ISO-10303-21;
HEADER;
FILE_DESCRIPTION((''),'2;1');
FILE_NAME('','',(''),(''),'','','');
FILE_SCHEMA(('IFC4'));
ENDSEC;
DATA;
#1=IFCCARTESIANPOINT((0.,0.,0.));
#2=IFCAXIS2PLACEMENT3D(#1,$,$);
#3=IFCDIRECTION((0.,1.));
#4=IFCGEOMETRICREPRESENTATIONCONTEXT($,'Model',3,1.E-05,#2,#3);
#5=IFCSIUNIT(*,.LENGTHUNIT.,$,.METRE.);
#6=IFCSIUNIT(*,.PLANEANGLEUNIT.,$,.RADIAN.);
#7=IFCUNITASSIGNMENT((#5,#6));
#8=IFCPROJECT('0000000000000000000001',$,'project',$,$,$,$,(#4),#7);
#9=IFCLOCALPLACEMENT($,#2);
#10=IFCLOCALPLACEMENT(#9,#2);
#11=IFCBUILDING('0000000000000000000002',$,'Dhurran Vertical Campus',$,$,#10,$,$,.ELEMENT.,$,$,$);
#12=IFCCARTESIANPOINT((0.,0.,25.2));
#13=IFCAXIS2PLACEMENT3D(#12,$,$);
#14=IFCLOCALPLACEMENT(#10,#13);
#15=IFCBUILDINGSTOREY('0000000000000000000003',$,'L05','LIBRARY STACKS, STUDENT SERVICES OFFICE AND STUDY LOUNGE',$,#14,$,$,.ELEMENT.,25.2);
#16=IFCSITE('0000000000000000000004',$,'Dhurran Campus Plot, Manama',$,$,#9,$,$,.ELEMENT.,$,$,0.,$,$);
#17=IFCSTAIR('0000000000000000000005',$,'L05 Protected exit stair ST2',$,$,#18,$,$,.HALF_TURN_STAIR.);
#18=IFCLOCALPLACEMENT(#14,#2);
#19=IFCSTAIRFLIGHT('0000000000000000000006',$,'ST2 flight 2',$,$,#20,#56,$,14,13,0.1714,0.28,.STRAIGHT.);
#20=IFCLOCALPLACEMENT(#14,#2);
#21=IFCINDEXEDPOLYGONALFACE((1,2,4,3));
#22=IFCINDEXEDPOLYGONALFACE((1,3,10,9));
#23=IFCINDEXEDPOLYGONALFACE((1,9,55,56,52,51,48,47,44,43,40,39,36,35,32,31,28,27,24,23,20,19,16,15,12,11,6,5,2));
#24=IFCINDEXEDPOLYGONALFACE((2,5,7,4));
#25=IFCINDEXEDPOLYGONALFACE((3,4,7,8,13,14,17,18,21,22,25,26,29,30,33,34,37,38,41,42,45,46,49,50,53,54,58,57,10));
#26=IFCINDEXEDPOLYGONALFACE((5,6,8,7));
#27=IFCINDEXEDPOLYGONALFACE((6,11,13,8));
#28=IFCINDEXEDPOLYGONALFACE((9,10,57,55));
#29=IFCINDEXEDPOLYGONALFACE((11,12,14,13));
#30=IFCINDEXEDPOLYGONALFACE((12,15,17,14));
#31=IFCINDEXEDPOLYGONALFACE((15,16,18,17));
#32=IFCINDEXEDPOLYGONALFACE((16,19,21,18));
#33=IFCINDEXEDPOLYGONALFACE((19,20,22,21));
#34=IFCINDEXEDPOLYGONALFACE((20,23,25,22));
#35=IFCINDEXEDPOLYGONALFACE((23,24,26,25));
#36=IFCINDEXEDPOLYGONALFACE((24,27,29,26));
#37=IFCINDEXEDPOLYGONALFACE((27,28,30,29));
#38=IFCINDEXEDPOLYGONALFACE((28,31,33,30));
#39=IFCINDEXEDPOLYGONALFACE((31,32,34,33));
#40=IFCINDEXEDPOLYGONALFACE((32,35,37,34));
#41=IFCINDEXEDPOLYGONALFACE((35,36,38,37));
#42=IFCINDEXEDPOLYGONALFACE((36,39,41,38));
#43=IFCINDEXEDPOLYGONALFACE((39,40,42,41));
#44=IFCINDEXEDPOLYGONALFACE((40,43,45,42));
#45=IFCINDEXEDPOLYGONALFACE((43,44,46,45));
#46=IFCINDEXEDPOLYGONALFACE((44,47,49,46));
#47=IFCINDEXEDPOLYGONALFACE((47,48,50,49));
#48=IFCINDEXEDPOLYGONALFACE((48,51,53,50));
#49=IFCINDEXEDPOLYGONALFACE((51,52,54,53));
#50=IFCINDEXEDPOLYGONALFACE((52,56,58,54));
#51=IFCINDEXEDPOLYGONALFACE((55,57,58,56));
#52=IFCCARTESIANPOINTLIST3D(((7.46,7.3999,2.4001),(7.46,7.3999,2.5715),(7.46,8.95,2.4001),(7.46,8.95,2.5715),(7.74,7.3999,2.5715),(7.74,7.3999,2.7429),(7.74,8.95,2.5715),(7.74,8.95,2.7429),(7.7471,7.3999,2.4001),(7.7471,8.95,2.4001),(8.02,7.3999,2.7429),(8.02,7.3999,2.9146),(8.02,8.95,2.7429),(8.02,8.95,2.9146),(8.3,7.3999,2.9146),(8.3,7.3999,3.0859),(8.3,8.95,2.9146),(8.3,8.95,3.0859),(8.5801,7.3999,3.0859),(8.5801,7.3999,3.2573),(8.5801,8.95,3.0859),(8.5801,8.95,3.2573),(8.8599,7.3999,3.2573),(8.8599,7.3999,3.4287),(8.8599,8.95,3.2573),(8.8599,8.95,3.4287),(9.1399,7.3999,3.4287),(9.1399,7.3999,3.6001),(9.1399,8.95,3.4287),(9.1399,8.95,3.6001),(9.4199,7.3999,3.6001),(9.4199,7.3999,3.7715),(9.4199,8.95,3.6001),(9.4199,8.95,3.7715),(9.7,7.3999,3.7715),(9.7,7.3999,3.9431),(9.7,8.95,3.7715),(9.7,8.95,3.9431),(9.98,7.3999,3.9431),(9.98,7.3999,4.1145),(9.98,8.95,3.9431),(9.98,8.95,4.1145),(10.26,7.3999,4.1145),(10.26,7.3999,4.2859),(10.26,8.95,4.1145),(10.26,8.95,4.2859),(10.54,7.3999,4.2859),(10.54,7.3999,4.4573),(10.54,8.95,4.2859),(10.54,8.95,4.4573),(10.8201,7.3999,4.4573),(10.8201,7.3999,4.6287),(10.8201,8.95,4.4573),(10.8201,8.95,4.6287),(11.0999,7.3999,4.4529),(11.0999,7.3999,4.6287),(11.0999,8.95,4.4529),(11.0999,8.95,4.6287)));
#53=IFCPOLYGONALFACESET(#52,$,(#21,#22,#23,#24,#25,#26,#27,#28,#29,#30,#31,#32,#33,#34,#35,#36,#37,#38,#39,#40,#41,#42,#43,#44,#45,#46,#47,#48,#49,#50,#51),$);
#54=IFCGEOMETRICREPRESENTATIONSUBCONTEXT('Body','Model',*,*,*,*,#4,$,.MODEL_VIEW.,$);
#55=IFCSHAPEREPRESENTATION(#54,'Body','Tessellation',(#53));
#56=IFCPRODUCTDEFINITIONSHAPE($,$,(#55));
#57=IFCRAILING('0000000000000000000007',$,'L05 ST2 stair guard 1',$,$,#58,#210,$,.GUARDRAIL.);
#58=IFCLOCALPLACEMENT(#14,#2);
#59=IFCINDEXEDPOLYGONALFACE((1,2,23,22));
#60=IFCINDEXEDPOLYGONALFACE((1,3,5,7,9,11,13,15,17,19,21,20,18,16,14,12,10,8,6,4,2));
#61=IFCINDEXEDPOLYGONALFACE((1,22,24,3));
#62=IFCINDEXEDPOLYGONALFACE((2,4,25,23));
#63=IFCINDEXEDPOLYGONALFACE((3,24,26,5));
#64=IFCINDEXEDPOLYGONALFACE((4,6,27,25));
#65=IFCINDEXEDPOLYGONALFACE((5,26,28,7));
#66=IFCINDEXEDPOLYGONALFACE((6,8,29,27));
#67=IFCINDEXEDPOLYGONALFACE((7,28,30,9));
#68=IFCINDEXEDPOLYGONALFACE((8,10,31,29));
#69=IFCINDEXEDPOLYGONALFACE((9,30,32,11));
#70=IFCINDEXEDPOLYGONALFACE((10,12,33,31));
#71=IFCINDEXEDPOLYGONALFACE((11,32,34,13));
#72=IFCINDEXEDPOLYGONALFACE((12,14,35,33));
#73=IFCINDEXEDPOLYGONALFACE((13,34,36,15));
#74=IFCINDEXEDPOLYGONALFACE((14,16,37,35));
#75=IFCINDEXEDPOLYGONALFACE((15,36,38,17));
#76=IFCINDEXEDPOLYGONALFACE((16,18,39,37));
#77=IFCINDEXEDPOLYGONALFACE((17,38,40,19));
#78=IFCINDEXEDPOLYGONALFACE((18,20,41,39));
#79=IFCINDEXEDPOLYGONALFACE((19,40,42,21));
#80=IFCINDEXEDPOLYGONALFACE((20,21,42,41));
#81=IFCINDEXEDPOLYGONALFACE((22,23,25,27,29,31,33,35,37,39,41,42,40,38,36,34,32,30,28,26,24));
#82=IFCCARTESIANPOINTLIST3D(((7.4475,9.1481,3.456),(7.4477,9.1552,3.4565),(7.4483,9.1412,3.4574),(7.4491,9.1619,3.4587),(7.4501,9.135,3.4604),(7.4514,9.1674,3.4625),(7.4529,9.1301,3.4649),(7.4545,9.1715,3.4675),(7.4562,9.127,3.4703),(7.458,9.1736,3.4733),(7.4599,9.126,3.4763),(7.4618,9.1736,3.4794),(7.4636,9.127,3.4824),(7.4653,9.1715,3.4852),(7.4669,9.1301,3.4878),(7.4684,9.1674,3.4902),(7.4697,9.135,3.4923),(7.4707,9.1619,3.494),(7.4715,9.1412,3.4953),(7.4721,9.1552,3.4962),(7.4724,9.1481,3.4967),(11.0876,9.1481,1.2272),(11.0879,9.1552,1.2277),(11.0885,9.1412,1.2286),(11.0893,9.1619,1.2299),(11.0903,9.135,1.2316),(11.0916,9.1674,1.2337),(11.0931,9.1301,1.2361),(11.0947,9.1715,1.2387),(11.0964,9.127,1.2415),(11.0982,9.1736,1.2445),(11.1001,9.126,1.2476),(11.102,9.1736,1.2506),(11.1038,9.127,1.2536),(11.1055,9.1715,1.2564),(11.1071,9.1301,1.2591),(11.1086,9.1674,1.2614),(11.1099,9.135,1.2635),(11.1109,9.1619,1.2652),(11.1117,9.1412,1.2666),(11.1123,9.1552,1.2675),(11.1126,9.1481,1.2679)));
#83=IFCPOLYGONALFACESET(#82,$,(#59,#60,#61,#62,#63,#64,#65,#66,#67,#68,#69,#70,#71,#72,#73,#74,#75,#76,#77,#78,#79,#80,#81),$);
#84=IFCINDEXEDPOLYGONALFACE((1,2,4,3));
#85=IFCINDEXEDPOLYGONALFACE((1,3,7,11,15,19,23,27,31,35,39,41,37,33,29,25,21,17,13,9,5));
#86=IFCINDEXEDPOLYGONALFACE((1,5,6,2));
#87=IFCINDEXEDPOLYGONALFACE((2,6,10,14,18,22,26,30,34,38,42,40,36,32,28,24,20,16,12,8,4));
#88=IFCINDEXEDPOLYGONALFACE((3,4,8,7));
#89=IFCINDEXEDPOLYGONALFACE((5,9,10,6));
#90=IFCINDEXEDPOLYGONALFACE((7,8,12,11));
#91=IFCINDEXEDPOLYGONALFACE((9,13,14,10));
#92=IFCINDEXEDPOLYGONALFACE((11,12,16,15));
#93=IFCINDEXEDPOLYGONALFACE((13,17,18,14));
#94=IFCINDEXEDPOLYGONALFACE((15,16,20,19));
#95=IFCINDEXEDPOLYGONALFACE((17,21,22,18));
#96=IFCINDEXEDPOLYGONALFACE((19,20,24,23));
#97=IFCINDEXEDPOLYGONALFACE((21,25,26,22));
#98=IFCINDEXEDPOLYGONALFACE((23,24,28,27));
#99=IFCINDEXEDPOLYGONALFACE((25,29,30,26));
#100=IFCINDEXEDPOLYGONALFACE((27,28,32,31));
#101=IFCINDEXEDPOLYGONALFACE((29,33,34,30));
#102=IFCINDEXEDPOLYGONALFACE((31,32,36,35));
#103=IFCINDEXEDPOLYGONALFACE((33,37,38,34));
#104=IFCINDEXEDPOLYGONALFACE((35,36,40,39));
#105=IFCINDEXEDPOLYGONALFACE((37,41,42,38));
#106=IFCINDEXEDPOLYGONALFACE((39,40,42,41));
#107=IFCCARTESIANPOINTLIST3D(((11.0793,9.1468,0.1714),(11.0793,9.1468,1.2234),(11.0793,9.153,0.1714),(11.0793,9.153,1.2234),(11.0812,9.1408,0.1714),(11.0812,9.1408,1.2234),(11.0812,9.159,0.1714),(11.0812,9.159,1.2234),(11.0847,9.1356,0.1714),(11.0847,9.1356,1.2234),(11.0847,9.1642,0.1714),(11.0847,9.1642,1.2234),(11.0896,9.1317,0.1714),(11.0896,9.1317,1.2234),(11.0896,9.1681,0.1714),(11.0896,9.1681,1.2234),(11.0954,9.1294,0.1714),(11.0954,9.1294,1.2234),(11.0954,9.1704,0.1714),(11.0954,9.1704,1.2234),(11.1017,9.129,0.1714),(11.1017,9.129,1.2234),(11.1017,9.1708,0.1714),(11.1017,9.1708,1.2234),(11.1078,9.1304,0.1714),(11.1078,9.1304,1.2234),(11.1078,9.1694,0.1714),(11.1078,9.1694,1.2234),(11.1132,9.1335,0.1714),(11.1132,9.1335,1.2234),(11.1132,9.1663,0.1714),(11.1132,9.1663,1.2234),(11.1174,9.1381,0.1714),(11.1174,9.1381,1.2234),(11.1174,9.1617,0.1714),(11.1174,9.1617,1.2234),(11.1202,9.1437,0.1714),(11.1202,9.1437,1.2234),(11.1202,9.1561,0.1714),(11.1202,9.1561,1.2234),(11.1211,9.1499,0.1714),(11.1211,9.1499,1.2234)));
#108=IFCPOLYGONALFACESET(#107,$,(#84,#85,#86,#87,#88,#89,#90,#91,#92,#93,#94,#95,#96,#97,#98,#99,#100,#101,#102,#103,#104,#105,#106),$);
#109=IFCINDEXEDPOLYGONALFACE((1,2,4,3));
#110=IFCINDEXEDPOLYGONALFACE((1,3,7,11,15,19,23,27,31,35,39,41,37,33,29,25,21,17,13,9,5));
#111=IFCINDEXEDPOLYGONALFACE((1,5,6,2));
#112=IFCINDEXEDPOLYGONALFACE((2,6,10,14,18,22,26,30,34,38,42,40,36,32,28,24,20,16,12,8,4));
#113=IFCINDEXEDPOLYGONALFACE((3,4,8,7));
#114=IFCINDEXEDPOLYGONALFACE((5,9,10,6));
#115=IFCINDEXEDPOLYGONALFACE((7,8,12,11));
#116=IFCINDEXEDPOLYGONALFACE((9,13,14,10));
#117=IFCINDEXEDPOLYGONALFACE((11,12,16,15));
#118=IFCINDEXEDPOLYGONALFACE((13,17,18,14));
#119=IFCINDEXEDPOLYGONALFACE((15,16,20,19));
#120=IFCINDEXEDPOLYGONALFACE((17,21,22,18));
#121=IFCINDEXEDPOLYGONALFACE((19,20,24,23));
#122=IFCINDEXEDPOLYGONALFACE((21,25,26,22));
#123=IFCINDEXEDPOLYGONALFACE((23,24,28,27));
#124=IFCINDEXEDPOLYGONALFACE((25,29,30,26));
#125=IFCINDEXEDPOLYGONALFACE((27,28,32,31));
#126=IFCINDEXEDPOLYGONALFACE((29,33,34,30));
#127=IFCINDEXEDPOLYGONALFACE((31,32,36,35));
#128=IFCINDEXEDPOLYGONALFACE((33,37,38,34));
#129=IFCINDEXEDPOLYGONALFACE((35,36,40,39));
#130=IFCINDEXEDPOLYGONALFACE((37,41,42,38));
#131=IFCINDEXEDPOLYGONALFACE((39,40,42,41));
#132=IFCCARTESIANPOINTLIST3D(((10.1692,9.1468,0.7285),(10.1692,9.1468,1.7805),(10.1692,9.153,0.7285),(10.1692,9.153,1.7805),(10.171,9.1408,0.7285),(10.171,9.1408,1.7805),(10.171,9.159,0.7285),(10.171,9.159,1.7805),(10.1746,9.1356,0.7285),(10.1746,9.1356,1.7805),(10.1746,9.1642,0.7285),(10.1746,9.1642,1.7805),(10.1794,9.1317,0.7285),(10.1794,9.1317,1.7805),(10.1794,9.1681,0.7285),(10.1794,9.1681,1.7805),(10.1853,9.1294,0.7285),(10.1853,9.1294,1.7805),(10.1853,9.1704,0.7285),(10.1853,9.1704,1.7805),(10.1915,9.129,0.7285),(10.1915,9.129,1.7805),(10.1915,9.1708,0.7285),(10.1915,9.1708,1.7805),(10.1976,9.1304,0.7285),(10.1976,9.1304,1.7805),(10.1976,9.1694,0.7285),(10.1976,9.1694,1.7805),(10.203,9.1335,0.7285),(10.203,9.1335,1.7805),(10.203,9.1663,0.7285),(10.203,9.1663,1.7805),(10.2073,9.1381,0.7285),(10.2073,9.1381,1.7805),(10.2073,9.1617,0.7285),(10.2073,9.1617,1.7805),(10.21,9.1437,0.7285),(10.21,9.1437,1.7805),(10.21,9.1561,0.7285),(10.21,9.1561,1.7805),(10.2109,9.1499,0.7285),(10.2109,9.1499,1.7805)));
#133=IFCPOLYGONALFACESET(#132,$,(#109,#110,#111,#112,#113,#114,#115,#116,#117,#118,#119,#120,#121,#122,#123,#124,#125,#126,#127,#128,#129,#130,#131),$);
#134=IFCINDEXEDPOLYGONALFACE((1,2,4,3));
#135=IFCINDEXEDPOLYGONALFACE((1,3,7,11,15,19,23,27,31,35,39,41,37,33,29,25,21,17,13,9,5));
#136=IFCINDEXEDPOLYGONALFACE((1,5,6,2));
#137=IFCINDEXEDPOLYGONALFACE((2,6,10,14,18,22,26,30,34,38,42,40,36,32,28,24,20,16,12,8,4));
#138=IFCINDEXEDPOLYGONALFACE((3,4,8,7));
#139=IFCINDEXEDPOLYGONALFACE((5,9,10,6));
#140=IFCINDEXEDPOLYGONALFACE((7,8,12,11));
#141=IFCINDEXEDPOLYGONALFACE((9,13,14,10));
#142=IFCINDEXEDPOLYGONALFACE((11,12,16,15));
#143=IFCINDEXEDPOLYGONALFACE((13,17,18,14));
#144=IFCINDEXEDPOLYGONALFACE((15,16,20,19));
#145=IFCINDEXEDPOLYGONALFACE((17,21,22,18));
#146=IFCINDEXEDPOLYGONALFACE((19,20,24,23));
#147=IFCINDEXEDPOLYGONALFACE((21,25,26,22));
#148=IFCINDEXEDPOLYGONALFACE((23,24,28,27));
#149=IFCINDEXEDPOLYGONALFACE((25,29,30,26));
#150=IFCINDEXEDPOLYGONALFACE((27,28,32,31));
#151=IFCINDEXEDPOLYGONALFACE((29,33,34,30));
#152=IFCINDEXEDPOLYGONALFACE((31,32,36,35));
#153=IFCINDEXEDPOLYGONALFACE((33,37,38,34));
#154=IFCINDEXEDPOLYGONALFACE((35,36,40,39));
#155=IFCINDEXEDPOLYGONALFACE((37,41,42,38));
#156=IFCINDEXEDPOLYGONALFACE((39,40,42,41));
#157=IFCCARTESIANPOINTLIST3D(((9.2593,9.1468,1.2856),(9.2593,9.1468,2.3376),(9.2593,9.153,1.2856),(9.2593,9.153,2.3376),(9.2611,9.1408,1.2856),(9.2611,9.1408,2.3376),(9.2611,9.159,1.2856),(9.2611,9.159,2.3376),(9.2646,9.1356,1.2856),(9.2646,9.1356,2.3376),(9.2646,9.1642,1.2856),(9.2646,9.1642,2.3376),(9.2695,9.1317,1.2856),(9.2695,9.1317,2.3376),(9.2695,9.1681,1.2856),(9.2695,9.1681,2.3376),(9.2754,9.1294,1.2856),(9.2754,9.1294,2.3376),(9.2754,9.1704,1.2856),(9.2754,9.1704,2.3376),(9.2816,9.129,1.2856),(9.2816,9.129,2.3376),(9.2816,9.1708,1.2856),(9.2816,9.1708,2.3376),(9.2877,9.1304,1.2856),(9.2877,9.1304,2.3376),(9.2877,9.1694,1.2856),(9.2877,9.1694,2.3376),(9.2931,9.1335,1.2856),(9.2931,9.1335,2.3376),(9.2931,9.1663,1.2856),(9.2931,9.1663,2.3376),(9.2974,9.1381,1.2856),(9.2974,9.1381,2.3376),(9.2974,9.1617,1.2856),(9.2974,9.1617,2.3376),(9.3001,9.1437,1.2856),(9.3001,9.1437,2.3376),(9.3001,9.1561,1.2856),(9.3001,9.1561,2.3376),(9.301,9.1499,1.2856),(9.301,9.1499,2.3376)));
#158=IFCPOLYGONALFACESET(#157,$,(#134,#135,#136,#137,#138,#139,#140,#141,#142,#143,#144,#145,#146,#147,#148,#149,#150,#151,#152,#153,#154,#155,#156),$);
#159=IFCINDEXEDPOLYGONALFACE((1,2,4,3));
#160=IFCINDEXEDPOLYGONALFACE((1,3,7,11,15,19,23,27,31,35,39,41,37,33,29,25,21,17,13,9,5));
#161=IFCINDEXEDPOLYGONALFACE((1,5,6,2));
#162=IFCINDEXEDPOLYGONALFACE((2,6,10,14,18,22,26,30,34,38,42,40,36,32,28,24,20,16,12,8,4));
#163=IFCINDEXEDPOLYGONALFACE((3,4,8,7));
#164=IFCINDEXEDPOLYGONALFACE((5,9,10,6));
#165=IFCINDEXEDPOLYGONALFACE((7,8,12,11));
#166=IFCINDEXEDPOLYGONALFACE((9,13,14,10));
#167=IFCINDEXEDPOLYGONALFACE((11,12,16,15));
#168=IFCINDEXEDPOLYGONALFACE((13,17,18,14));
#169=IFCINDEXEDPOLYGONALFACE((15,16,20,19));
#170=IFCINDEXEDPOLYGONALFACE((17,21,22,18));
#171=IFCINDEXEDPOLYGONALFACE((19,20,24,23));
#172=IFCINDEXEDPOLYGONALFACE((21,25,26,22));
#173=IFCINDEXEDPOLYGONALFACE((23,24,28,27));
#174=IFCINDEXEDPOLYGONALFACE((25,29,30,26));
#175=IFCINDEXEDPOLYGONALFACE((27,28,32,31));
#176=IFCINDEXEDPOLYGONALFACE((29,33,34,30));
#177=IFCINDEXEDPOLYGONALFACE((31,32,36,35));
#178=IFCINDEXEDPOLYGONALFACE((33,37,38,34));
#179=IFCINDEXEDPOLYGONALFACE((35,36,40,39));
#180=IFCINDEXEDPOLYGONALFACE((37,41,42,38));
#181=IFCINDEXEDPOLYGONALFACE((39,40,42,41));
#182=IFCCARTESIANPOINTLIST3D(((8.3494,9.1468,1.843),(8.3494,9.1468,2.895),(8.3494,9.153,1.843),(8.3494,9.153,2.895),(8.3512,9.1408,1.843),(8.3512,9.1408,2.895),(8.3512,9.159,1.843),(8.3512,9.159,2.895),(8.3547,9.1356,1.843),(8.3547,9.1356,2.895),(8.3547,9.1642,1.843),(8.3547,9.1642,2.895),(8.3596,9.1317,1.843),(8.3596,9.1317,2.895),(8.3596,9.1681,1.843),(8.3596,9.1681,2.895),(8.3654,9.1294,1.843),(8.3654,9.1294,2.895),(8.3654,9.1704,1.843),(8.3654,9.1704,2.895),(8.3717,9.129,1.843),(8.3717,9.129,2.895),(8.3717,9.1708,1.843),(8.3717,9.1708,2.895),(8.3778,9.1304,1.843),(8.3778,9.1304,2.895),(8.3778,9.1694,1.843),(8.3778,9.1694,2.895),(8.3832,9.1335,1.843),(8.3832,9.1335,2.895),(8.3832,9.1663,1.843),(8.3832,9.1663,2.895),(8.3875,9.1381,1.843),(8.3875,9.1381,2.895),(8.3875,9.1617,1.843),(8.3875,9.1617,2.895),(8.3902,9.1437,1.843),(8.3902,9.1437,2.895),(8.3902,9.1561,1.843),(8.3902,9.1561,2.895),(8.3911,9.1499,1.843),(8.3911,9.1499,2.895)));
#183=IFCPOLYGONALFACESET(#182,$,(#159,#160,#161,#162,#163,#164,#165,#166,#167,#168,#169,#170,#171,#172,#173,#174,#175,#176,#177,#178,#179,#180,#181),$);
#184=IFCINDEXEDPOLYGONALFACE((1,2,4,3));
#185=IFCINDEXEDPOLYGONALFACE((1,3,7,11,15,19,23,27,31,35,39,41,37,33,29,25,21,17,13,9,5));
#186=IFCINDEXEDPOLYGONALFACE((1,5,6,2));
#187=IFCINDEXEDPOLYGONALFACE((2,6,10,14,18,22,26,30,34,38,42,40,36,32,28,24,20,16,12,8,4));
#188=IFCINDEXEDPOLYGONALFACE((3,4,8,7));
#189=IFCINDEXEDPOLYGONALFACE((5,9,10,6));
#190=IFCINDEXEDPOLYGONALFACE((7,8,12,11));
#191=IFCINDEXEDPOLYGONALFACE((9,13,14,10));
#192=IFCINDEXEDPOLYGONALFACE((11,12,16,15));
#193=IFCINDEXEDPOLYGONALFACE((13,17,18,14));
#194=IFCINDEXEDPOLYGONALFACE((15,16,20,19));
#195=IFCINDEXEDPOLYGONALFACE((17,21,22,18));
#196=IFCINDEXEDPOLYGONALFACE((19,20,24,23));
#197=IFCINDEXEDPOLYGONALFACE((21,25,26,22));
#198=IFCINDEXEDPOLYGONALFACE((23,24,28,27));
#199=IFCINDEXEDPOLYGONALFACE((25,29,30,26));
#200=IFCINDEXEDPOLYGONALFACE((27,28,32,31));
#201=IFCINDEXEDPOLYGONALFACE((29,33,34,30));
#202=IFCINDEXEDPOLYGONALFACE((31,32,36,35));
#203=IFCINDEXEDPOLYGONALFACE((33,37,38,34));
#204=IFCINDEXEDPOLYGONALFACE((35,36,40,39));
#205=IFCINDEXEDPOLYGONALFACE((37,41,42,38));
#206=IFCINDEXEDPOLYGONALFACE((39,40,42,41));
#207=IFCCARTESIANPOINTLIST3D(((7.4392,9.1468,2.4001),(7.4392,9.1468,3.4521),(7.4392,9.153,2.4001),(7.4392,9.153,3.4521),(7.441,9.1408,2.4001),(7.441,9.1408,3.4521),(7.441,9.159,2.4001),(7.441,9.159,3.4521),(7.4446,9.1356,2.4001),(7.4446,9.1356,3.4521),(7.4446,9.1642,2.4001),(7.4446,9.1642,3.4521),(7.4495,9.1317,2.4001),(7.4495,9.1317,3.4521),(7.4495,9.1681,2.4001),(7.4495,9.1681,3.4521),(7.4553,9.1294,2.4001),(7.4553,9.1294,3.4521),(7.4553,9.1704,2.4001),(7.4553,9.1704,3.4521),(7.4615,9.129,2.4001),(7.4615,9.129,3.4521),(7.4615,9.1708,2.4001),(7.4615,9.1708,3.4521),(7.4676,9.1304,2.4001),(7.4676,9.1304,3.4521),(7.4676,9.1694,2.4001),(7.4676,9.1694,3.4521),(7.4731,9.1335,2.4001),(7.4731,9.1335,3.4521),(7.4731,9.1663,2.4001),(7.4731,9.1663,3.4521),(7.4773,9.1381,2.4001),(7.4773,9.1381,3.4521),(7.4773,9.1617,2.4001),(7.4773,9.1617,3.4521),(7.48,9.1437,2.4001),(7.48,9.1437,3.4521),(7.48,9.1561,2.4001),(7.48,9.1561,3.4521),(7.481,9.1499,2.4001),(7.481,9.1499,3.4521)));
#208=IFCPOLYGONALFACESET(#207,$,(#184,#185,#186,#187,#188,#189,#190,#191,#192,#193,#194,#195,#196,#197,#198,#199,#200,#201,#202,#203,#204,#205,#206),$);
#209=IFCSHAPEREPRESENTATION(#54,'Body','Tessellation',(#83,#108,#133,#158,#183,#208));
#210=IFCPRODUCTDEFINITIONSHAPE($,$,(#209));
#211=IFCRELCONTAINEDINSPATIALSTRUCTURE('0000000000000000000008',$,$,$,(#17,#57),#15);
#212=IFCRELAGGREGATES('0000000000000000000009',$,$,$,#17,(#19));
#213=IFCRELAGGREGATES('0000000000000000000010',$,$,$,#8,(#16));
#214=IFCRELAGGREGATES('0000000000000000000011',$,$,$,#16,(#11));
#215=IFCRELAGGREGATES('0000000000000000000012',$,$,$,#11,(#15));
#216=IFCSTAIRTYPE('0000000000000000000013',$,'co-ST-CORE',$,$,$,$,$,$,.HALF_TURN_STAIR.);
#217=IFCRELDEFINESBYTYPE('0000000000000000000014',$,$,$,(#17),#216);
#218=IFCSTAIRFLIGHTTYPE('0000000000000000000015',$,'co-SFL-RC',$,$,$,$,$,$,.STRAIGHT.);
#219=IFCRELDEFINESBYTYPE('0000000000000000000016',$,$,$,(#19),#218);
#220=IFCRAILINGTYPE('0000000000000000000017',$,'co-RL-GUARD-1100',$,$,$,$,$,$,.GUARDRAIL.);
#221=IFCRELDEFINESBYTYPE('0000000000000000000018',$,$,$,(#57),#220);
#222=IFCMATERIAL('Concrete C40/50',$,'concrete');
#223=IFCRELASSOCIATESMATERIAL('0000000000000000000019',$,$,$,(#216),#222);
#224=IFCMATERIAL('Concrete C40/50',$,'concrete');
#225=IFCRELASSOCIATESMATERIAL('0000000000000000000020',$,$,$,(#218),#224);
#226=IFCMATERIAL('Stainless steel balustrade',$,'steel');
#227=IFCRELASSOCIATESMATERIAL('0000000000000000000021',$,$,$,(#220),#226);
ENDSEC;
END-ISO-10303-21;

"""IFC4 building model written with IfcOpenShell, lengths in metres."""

from ifc_helpers import new_model, si_unit, direction, frame, origin, origin_2d, place, context, subcontext, project, spatial, polyline, circle, outline, extrude, material, type_object, element, aggregate, save


model = new_model("IFC4")

# Units and contexts
model_context = context("Model", 3, precision=1e-05, world=origin(), true_north=direction((0.0, 1.0)))
body_context = subcontext(model_context, "Body", "Model", "MODEL_VIEW")
ifc_project = project(units=[si_unit("LENGTHUNIT", "METRE"), si_unit("PLANEANGLEUNIT", "RADIAN")], contexts=[model_context])

# Site, building, storey
site_placement = place(None, origin())
site = spatial("IfcSite", under=ifc_project, at=site_placement, Name="Dhurran Campus Plot, Manama", CompositionType="ELEMENT", RefElevation=0.0)
building_placement = place(site_placement, origin())
building = spatial("IfcBuilding", under=site, at=building_placement, Name="Dhurran Vertical Campus", CompositionType="ELEMENT")
storey_placement = place(building_placement, frame((0.0, 0.0, 25.2)))
storey = spatial("IfcBuildingStorey", under=building, at=storey_placement, Name="L05", Description="LIBRARY STACKS, STUDENT SERVICES OFFICE AND STUDY LOUNGE", CompositionType="ELEMENT", Elevation=25.2)

# Stair, stair flight
ifc_material_1 = material(Name="Concrete C40/50", Category="concrete")
stair_type = type_object("IfcStairType", Name="co-ST-CORE", PredefinedType="HALF_TURN_STAIR", material=ifc_material_1)
stair_placement = place(storey_placement, origin())
stair = element("IfcStair", 1, at=stair_placement, inside=storey, type_object=stair_type, Name="L05 Protected exit stair ST2", PredefinedType="HALF_TURN_STAIR")
ifc_material_2 = material(Name="Concrete C40/50", Category="concrete")
stair_flight_type = type_object("IfcStairFlightType", Name="co-SFL-RC", PredefinedType="STRAIGHT", material=ifc_material_2)
stair_flight_1_placement = place(storey_placement, frame((7.46, 8.175, 2.4001), z_axis=(0.0, 0.0, 1.0), x_axis=(1.0, 0.0, 0.0)))
stair_flight_1 = element("IfcStairFlight", 2, at=stair_flight_1_placement, type_object=stair_flight_type, Name="ST2 flight 2", NumberOfRisers=14, NumberOfTreads=13, PredefinedType="STRAIGHT", RiserHeight=0.1714, TreadLength=0.28, context=body_context, shape_type="SweptSolid", body=[
    extrude(outline(polyline([(0.0, 0.0), (0.0, 0.1714), (0.28, 0.1714), (0.28, 0.3428), (0.5601, 0.3428), (0.5601, 0.5144), (0.8401, 0.5144), (0.8401, 0.6858), (1.1201, 0.6858), (1.1201, 0.8572), (1.3999, 0.8572), (1.3999, 1.0286), (1.6799, 1.0286), (1.6799, 1.2), (1.96, 1.2), (1.96, 1.3713), (2.24, 1.3713), (2.24, 1.543), (2.52, 1.543), (2.52, 1.7144), (2.8, 1.7144), (2.8, 1.8857), (3.0801, 1.8857), (3.0801, 2.0571), (3.3601, 2.0571), (3.3601, 2.2285), (3.6399, 2.2285), (3.6399, 2.3999), (3.6399, 2.0527), (0.2871, 0.0), (0.0, 0.0)])), frame((0.0, 0.7749, 0.0), z_axis=(0.0, -1.0, 0.0), x_axis=(1.0, 0.0, 0.0)), (0.0, 0.0, 1.0), 1.55),
])
aggregate(stair, [stair_flight_1])

# Railing
ifc_material_3 = material(Name="Stainless steel balustrade", Category="steel")
railing_type_1 = type_object("IfcRailingType", Name="co-RL-GUARD-1100", PredefinedType="GUARDRAIL", material=ifc_material_3)
railing_1_placement = place(storey_placement, frame((11.1001, 9.1499, 0.1714)))
element("IfcRailing", 3, at=railing_1_placement, inside=storey, type_object=railing_type_1, Name="L05 ST2 stair guard 1", PredefinedType="GUARDRAIL", context=body_context, shape_type="SweptSolid", body=[
    extrude(circle(Radius=0.0239, at=origin_2d()), frame((0.0, 0.0, 1.0762), z_axis=(-0.85284, 0.0, 0.522172), x_axis=(0.0, -1.0, 0.0)), (0.0, 0.0, 1.0), 4.2683),
    extrude(circle(Radius=0.021, at=origin_2d()), origin(), (0.0, 0.0, 1.0), 1.052),
    extrude(circle(Radius=0.021, at=origin_2d()), frame((-0.9102, 0.0, 0.5571)), (0.0, 0.0, 1.0), 1.052),
    extrude(circle(Radius=0.021, at=origin_2d()), frame((-1.8201, 0.0, 1.1143)), (0.0, 0.0, 1.0), 1.052),
    extrude(circle(Radius=0.021, at=origin_2d()), frame((-2.73, 0.0, 1.6716)), (0.0, 0.0, 1.0), 1.052),
    extrude(circle(Radius=0.021, at=origin_2d()), frame((-3.6401, 0.0, 2.2288)), (0.0, 0.0, 1.0), 1.052),
])

save(model, "model.ifc")
